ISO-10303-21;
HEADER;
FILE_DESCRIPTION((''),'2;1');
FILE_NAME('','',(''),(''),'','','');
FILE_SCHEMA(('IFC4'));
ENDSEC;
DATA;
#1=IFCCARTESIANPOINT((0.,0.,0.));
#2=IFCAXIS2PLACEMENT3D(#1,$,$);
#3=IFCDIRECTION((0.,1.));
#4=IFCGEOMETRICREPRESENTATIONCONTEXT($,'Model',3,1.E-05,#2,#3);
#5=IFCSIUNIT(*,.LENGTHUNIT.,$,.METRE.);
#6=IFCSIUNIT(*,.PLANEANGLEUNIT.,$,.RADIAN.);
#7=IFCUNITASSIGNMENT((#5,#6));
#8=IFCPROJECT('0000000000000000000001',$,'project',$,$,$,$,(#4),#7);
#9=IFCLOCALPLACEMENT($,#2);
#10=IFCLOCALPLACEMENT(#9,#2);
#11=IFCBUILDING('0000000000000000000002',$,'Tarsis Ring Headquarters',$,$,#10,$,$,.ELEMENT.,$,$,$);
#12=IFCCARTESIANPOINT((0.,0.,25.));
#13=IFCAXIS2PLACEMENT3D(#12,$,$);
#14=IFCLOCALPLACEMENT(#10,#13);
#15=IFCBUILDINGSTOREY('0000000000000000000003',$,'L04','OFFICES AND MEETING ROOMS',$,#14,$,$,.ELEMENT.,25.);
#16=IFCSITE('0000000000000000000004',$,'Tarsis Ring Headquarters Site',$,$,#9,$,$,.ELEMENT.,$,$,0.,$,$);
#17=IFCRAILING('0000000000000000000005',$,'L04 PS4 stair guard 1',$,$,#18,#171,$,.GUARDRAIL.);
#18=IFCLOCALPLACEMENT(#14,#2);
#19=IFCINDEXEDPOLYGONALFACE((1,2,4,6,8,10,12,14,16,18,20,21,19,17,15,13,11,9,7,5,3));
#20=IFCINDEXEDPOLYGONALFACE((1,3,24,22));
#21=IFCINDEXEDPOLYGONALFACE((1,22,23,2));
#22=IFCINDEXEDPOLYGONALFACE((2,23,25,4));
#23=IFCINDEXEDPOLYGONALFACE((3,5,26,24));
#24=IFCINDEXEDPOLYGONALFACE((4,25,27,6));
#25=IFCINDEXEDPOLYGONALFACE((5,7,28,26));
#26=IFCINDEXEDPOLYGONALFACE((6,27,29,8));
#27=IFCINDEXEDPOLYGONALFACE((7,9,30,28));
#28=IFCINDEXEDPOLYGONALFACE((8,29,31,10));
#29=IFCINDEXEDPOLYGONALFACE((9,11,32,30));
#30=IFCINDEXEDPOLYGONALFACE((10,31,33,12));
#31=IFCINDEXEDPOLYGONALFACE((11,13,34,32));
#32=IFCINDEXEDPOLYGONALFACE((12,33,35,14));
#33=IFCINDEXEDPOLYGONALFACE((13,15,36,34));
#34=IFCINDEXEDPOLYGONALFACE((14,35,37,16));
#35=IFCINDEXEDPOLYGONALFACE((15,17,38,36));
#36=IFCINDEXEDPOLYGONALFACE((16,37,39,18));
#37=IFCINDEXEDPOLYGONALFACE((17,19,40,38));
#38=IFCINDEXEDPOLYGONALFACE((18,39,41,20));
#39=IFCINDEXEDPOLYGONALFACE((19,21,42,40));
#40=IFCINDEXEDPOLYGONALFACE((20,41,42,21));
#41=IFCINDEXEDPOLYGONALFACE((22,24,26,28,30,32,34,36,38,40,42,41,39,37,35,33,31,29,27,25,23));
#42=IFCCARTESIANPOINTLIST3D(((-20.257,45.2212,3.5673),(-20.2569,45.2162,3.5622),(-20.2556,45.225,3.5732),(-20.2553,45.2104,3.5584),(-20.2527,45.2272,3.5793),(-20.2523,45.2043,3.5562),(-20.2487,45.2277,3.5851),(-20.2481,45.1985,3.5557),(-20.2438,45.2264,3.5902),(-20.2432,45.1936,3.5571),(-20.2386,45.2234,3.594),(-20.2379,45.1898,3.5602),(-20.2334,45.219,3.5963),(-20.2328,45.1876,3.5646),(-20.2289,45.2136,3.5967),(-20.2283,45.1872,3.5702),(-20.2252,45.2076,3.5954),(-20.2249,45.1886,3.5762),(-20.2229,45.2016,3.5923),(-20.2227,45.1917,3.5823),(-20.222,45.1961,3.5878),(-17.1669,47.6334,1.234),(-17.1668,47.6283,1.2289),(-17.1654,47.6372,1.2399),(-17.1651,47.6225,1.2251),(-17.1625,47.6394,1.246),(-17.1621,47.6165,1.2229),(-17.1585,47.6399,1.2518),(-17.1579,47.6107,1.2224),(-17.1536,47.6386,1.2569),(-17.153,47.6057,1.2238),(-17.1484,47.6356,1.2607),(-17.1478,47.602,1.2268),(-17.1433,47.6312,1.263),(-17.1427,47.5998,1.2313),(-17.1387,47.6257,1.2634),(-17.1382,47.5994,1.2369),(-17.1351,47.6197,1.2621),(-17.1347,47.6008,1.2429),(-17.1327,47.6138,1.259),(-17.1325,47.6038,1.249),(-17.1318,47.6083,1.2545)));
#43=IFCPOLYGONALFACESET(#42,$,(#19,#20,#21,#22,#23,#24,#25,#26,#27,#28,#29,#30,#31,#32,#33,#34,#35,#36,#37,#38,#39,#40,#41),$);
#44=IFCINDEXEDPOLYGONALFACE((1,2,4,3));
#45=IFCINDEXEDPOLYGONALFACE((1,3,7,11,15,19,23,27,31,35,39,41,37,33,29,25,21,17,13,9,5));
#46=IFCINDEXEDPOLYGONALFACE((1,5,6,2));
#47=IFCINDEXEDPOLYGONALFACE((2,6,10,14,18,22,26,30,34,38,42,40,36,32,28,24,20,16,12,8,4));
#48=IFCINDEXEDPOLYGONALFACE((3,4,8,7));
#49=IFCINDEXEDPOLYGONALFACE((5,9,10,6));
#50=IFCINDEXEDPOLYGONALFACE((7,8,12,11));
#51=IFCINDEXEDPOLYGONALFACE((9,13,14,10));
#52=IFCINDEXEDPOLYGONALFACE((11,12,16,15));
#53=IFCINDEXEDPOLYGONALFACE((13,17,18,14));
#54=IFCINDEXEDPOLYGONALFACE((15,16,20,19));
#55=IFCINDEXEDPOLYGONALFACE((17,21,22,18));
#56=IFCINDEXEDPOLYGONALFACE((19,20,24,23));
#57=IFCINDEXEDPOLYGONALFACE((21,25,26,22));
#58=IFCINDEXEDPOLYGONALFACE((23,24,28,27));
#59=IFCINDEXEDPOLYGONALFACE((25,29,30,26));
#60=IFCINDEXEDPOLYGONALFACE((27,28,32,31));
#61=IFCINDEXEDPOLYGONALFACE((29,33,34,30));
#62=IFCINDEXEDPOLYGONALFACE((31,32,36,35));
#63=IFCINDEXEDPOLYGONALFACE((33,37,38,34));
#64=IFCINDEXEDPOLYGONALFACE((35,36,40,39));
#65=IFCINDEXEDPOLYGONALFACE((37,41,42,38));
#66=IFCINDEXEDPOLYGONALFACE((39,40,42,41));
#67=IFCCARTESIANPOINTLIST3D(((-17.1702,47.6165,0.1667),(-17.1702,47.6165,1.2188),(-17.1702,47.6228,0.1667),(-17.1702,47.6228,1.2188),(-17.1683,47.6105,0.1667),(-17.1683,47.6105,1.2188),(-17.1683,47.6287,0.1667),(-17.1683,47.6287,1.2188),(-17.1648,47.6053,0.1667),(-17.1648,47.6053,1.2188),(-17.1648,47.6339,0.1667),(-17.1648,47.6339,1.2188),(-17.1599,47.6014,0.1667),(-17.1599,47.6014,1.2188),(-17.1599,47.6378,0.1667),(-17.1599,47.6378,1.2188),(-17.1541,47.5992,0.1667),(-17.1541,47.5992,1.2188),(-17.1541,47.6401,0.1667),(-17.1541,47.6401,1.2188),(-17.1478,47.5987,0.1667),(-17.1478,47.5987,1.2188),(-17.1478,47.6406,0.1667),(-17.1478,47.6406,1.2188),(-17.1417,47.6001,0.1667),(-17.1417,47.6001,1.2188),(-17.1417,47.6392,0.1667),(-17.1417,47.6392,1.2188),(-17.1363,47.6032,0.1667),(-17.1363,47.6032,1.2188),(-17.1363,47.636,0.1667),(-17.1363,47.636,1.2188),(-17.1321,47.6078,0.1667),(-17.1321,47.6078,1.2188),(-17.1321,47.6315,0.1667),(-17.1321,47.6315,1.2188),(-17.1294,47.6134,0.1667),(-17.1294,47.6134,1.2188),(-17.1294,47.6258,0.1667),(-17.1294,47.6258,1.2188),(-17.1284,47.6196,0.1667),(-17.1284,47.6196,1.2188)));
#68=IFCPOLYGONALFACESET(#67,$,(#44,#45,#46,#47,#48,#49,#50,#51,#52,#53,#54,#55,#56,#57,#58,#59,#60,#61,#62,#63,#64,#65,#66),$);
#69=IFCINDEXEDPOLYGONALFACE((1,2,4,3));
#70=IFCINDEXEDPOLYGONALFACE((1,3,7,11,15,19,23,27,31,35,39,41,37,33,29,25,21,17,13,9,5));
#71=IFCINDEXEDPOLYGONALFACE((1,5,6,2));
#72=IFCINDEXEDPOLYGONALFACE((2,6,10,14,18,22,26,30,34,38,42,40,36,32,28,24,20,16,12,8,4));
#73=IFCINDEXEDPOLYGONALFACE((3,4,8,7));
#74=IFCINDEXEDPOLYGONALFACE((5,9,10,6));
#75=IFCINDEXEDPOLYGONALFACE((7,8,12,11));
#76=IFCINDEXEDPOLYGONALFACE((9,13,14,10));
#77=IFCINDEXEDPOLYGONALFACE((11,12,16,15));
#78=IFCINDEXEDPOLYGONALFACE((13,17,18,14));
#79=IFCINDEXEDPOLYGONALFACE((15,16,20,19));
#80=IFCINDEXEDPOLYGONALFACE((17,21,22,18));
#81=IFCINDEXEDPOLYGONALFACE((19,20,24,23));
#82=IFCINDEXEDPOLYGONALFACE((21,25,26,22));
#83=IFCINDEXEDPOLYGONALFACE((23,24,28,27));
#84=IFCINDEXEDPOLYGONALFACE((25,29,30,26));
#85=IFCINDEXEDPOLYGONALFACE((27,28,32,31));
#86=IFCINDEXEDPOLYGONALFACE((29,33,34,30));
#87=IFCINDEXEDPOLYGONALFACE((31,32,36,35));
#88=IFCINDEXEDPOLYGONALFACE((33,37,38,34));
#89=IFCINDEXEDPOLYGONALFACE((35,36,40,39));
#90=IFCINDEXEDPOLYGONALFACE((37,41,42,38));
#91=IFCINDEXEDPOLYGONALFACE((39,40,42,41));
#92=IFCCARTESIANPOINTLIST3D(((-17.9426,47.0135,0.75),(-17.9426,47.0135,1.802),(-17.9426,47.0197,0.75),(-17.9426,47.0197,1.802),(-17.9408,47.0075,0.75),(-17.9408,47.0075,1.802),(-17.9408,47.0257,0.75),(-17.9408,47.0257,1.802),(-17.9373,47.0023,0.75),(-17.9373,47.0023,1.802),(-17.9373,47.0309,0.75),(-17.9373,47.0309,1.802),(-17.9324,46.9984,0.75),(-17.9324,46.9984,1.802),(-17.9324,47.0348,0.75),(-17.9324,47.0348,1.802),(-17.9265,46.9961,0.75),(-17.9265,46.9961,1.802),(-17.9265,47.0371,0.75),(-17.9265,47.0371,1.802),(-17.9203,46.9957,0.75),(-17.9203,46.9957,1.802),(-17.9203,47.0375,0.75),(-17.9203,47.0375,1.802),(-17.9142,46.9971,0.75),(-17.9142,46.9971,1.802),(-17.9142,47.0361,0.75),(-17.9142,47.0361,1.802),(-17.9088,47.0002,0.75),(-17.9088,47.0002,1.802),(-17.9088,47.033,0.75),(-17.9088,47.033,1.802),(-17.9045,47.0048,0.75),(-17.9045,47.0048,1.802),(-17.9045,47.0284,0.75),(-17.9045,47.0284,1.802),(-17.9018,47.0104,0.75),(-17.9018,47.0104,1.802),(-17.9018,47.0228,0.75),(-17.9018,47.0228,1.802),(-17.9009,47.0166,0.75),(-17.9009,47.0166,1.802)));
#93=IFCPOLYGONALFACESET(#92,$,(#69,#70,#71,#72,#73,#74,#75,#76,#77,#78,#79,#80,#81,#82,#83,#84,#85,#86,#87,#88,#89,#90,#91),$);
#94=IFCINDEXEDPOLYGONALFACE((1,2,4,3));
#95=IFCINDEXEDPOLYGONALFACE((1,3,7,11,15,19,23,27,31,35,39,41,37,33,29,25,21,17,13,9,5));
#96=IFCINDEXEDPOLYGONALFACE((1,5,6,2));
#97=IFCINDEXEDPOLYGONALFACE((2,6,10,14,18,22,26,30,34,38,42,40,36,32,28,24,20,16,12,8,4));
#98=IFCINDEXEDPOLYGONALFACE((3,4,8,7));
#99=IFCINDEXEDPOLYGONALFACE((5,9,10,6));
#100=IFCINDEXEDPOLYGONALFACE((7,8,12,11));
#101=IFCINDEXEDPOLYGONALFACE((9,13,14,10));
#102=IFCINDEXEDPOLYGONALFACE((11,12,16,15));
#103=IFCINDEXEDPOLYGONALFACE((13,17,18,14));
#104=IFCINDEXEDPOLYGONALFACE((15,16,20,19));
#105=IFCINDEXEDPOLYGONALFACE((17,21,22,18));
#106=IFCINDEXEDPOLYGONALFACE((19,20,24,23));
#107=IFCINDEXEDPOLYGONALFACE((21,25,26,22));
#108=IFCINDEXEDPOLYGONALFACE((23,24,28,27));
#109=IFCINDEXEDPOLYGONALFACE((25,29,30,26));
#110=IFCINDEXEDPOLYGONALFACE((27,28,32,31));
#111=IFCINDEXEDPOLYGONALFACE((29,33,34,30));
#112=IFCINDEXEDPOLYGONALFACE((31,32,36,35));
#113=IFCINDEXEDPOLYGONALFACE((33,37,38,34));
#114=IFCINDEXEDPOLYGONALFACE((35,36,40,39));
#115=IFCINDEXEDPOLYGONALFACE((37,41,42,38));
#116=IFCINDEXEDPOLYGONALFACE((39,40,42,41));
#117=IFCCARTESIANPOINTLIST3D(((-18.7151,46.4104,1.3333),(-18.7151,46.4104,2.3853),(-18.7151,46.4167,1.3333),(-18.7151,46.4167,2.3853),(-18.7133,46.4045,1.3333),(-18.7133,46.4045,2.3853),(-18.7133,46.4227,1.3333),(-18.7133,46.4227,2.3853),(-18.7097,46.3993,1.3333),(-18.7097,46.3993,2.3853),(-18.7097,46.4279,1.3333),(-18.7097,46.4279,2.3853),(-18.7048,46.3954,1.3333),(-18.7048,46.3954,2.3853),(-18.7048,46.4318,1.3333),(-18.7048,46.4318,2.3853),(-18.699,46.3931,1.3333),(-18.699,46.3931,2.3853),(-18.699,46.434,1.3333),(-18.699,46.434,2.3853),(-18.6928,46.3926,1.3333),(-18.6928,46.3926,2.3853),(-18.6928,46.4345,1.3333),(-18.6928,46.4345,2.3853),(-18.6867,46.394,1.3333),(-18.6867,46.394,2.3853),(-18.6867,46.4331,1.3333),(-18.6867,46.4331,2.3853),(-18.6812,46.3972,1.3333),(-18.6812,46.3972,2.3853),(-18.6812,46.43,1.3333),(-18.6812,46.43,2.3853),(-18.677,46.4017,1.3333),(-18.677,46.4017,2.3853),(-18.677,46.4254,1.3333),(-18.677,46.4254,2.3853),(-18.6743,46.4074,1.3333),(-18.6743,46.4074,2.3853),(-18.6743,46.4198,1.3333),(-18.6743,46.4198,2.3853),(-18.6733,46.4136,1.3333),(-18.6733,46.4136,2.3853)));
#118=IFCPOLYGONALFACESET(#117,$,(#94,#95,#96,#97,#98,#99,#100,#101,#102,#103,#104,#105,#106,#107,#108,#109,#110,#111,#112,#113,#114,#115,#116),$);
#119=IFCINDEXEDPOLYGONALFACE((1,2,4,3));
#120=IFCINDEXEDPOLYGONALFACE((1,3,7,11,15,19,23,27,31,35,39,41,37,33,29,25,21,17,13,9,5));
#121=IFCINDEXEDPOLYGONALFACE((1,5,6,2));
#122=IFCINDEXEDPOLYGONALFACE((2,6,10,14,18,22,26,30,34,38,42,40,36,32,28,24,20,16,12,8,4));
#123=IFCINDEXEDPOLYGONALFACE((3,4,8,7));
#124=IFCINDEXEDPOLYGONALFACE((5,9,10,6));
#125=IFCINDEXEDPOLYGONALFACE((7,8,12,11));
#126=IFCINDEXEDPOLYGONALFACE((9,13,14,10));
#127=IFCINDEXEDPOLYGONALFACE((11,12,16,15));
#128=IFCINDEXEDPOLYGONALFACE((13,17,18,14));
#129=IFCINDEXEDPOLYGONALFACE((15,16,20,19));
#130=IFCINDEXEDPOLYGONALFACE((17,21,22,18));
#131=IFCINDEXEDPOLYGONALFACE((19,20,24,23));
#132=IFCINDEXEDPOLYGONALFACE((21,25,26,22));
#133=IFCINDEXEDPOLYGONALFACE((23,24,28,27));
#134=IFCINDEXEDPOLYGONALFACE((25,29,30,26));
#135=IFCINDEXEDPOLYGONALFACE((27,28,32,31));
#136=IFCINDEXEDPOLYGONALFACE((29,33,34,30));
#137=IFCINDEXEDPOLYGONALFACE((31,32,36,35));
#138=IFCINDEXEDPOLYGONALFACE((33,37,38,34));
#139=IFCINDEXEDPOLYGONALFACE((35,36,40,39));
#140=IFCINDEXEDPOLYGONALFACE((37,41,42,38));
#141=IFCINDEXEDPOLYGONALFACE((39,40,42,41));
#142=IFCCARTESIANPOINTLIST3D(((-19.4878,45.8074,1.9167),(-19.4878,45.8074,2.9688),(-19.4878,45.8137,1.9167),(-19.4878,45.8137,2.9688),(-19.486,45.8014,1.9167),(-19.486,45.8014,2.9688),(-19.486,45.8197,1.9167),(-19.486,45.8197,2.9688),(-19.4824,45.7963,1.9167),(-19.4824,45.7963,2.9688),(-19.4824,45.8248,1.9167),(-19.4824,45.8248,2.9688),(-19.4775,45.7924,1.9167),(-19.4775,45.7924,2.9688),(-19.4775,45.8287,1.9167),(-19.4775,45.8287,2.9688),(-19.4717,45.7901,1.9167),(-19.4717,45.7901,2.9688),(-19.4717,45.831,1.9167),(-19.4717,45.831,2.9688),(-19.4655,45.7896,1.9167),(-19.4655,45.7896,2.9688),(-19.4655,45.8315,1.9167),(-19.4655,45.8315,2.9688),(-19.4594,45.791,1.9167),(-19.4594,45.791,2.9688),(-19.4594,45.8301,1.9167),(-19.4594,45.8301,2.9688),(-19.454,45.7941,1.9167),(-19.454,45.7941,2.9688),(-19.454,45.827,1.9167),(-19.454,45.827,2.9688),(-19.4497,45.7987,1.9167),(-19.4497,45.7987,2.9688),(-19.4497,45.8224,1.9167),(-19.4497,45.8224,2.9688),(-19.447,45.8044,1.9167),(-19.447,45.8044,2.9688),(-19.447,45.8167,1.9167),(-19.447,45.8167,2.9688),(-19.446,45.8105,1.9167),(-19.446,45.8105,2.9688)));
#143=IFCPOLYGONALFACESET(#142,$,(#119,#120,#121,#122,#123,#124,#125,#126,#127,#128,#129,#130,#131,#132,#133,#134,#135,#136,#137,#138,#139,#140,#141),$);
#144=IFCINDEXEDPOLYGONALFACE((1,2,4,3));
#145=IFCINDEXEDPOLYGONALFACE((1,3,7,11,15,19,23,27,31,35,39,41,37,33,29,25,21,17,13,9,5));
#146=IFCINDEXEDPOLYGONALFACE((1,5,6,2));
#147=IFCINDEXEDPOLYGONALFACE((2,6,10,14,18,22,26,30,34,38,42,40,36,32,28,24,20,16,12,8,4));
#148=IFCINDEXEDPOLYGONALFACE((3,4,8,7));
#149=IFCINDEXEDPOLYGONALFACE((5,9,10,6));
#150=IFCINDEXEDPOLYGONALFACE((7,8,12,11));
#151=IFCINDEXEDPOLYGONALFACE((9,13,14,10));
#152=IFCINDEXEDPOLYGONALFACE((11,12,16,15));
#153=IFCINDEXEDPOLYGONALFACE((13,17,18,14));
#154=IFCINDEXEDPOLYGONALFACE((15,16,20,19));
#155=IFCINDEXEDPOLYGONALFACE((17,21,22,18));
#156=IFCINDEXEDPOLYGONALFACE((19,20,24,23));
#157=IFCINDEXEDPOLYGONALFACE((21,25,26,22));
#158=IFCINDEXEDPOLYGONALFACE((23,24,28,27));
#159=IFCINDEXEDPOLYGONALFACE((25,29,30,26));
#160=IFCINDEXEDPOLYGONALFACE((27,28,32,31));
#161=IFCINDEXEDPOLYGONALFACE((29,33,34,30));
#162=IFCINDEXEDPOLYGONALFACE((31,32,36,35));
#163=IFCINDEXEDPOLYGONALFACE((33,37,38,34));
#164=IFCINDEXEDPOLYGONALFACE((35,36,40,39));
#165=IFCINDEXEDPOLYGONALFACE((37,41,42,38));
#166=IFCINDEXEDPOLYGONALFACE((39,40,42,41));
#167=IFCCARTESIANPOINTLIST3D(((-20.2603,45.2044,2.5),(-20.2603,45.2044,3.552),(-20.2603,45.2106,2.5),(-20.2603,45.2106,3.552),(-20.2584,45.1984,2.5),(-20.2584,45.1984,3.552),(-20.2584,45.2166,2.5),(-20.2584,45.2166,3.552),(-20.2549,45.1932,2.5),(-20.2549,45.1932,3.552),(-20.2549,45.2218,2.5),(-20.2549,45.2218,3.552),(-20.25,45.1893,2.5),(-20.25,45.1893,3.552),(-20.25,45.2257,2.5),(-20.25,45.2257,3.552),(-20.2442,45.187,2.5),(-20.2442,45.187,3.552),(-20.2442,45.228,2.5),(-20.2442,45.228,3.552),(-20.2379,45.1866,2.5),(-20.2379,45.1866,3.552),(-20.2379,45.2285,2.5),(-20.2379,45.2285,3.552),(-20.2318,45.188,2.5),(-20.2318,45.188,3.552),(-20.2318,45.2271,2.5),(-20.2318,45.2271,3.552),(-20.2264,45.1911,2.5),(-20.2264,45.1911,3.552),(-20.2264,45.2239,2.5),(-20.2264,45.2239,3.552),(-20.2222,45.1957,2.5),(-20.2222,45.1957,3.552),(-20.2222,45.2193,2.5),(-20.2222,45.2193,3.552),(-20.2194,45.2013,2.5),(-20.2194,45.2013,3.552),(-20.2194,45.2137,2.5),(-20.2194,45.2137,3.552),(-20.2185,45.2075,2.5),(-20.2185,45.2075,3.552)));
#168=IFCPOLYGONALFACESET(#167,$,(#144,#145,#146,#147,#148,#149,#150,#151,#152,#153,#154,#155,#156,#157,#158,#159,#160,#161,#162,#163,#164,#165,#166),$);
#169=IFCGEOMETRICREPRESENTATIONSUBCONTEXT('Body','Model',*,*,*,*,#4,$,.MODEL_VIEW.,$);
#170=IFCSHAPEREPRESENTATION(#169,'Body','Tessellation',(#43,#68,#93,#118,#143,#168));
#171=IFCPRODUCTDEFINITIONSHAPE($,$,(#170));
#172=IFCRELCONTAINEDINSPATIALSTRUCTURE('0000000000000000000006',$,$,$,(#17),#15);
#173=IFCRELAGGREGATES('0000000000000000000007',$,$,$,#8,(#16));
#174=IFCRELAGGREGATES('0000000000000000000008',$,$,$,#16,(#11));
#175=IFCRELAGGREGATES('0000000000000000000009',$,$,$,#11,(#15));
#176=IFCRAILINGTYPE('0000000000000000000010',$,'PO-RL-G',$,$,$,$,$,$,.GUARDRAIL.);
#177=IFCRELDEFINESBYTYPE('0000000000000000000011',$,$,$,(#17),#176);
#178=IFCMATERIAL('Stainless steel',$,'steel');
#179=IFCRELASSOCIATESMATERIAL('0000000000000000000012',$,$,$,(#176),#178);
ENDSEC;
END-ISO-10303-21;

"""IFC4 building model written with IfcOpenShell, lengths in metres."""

from ifc_helpers import new_model, si_unit, direction, frame, origin, origin_2d, place, context, subcontext, project, spatial, circle, extrude, material, type_object, element, save


model = new_model("IFC4")

# Units and contexts
model_context = context("Model", 3, precision=1e-05, world=origin(), true_north=direction((0.0, 1.0)))
body_context = subcontext(model_context, "Body", "Model", "MODEL_VIEW")
ifc_project = project(units=[si_unit("LENGTHUNIT", "METRE"), si_unit("PLANEANGLEUNIT", "RADIAN")], contexts=[model_context])

# Site, building, storey
site_placement = place(None, origin())
site = spatial("IfcSite", under=ifc_project, at=site_placement, Name="Tarsis Ring Headquarters Site", CompositionType="ELEMENT", RefElevation=0.0)
building_placement = place(site_placement, origin())
building = spatial("IfcBuilding", under=site, at=building_placement, Name="Tarsis Ring Headquarters", CompositionType="ELEMENT")
storey_placement = place(building_placement, frame((0.0, 0.0, 25.0)))
storey = spatial("IfcBuildingStorey", under=building, at=storey_placement, Name="L04", Description="OFFICES AND MEETING ROOMS", CompositionType="ELEMENT", Elevation=25.0)

# Railing
ifc_material_1 = material(Name="Stainless steel", Category="steel")
railing_type_1 = type_object("IfcRailingType", Name="PO-RL-G", PredefinedType="GUARDRAIL", material=ifc_material_1)
railing_1_placement = place(storey_placement, frame((-17.1494, 47.6196, 0.1667)))
element("IfcRailing", 1, at=railing_1_placement, inside=storey, type_object=railing_type_1, Name="L04 PS4 stair guard 1", PredefinedType="GUARDRAIL", context=body_context, shape_type="SweptSolid", body=[
    extrude(circle(Radius=0.0239, at=origin_2d()), frame((0.0, 0.0, 1.0762), z_axis=(-0.677368, -0.52875, 0.511464), x_axis=(0.615324, -0.788275, 0.0)), (0.0, 0.0, 1.0), 4.562),
    extrude(circle(Radius=0.021, at=origin_2d()), origin(), (0.0, 0.0, 1.0), 1.052),
    extrude(circle(Radius=0.021, at=origin_2d()), frame((-0.7725, -0.603, 0.5833)), (0.0, 0.0, 1.0), 1.052),
    extrude(circle(Radius=0.021, at=origin_2d()), frame((-1.5449, -1.2061, 1.1665)), (0.0, 0.0, 1.0), 1.052),
    extrude(circle(Radius=0.021, at=origin_2d()), frame((-2.3176, -1.8091, 1.75)), (0.0, 0.0, 1.0), 1.052),
    extrude(circle(Radius=0.021, at=origin_2d()), frame((-3.0901, -2.4121, 2.3333)), (0.0, 0.0, 1.0), 1.052),
])

save(model, "model.ifc")
